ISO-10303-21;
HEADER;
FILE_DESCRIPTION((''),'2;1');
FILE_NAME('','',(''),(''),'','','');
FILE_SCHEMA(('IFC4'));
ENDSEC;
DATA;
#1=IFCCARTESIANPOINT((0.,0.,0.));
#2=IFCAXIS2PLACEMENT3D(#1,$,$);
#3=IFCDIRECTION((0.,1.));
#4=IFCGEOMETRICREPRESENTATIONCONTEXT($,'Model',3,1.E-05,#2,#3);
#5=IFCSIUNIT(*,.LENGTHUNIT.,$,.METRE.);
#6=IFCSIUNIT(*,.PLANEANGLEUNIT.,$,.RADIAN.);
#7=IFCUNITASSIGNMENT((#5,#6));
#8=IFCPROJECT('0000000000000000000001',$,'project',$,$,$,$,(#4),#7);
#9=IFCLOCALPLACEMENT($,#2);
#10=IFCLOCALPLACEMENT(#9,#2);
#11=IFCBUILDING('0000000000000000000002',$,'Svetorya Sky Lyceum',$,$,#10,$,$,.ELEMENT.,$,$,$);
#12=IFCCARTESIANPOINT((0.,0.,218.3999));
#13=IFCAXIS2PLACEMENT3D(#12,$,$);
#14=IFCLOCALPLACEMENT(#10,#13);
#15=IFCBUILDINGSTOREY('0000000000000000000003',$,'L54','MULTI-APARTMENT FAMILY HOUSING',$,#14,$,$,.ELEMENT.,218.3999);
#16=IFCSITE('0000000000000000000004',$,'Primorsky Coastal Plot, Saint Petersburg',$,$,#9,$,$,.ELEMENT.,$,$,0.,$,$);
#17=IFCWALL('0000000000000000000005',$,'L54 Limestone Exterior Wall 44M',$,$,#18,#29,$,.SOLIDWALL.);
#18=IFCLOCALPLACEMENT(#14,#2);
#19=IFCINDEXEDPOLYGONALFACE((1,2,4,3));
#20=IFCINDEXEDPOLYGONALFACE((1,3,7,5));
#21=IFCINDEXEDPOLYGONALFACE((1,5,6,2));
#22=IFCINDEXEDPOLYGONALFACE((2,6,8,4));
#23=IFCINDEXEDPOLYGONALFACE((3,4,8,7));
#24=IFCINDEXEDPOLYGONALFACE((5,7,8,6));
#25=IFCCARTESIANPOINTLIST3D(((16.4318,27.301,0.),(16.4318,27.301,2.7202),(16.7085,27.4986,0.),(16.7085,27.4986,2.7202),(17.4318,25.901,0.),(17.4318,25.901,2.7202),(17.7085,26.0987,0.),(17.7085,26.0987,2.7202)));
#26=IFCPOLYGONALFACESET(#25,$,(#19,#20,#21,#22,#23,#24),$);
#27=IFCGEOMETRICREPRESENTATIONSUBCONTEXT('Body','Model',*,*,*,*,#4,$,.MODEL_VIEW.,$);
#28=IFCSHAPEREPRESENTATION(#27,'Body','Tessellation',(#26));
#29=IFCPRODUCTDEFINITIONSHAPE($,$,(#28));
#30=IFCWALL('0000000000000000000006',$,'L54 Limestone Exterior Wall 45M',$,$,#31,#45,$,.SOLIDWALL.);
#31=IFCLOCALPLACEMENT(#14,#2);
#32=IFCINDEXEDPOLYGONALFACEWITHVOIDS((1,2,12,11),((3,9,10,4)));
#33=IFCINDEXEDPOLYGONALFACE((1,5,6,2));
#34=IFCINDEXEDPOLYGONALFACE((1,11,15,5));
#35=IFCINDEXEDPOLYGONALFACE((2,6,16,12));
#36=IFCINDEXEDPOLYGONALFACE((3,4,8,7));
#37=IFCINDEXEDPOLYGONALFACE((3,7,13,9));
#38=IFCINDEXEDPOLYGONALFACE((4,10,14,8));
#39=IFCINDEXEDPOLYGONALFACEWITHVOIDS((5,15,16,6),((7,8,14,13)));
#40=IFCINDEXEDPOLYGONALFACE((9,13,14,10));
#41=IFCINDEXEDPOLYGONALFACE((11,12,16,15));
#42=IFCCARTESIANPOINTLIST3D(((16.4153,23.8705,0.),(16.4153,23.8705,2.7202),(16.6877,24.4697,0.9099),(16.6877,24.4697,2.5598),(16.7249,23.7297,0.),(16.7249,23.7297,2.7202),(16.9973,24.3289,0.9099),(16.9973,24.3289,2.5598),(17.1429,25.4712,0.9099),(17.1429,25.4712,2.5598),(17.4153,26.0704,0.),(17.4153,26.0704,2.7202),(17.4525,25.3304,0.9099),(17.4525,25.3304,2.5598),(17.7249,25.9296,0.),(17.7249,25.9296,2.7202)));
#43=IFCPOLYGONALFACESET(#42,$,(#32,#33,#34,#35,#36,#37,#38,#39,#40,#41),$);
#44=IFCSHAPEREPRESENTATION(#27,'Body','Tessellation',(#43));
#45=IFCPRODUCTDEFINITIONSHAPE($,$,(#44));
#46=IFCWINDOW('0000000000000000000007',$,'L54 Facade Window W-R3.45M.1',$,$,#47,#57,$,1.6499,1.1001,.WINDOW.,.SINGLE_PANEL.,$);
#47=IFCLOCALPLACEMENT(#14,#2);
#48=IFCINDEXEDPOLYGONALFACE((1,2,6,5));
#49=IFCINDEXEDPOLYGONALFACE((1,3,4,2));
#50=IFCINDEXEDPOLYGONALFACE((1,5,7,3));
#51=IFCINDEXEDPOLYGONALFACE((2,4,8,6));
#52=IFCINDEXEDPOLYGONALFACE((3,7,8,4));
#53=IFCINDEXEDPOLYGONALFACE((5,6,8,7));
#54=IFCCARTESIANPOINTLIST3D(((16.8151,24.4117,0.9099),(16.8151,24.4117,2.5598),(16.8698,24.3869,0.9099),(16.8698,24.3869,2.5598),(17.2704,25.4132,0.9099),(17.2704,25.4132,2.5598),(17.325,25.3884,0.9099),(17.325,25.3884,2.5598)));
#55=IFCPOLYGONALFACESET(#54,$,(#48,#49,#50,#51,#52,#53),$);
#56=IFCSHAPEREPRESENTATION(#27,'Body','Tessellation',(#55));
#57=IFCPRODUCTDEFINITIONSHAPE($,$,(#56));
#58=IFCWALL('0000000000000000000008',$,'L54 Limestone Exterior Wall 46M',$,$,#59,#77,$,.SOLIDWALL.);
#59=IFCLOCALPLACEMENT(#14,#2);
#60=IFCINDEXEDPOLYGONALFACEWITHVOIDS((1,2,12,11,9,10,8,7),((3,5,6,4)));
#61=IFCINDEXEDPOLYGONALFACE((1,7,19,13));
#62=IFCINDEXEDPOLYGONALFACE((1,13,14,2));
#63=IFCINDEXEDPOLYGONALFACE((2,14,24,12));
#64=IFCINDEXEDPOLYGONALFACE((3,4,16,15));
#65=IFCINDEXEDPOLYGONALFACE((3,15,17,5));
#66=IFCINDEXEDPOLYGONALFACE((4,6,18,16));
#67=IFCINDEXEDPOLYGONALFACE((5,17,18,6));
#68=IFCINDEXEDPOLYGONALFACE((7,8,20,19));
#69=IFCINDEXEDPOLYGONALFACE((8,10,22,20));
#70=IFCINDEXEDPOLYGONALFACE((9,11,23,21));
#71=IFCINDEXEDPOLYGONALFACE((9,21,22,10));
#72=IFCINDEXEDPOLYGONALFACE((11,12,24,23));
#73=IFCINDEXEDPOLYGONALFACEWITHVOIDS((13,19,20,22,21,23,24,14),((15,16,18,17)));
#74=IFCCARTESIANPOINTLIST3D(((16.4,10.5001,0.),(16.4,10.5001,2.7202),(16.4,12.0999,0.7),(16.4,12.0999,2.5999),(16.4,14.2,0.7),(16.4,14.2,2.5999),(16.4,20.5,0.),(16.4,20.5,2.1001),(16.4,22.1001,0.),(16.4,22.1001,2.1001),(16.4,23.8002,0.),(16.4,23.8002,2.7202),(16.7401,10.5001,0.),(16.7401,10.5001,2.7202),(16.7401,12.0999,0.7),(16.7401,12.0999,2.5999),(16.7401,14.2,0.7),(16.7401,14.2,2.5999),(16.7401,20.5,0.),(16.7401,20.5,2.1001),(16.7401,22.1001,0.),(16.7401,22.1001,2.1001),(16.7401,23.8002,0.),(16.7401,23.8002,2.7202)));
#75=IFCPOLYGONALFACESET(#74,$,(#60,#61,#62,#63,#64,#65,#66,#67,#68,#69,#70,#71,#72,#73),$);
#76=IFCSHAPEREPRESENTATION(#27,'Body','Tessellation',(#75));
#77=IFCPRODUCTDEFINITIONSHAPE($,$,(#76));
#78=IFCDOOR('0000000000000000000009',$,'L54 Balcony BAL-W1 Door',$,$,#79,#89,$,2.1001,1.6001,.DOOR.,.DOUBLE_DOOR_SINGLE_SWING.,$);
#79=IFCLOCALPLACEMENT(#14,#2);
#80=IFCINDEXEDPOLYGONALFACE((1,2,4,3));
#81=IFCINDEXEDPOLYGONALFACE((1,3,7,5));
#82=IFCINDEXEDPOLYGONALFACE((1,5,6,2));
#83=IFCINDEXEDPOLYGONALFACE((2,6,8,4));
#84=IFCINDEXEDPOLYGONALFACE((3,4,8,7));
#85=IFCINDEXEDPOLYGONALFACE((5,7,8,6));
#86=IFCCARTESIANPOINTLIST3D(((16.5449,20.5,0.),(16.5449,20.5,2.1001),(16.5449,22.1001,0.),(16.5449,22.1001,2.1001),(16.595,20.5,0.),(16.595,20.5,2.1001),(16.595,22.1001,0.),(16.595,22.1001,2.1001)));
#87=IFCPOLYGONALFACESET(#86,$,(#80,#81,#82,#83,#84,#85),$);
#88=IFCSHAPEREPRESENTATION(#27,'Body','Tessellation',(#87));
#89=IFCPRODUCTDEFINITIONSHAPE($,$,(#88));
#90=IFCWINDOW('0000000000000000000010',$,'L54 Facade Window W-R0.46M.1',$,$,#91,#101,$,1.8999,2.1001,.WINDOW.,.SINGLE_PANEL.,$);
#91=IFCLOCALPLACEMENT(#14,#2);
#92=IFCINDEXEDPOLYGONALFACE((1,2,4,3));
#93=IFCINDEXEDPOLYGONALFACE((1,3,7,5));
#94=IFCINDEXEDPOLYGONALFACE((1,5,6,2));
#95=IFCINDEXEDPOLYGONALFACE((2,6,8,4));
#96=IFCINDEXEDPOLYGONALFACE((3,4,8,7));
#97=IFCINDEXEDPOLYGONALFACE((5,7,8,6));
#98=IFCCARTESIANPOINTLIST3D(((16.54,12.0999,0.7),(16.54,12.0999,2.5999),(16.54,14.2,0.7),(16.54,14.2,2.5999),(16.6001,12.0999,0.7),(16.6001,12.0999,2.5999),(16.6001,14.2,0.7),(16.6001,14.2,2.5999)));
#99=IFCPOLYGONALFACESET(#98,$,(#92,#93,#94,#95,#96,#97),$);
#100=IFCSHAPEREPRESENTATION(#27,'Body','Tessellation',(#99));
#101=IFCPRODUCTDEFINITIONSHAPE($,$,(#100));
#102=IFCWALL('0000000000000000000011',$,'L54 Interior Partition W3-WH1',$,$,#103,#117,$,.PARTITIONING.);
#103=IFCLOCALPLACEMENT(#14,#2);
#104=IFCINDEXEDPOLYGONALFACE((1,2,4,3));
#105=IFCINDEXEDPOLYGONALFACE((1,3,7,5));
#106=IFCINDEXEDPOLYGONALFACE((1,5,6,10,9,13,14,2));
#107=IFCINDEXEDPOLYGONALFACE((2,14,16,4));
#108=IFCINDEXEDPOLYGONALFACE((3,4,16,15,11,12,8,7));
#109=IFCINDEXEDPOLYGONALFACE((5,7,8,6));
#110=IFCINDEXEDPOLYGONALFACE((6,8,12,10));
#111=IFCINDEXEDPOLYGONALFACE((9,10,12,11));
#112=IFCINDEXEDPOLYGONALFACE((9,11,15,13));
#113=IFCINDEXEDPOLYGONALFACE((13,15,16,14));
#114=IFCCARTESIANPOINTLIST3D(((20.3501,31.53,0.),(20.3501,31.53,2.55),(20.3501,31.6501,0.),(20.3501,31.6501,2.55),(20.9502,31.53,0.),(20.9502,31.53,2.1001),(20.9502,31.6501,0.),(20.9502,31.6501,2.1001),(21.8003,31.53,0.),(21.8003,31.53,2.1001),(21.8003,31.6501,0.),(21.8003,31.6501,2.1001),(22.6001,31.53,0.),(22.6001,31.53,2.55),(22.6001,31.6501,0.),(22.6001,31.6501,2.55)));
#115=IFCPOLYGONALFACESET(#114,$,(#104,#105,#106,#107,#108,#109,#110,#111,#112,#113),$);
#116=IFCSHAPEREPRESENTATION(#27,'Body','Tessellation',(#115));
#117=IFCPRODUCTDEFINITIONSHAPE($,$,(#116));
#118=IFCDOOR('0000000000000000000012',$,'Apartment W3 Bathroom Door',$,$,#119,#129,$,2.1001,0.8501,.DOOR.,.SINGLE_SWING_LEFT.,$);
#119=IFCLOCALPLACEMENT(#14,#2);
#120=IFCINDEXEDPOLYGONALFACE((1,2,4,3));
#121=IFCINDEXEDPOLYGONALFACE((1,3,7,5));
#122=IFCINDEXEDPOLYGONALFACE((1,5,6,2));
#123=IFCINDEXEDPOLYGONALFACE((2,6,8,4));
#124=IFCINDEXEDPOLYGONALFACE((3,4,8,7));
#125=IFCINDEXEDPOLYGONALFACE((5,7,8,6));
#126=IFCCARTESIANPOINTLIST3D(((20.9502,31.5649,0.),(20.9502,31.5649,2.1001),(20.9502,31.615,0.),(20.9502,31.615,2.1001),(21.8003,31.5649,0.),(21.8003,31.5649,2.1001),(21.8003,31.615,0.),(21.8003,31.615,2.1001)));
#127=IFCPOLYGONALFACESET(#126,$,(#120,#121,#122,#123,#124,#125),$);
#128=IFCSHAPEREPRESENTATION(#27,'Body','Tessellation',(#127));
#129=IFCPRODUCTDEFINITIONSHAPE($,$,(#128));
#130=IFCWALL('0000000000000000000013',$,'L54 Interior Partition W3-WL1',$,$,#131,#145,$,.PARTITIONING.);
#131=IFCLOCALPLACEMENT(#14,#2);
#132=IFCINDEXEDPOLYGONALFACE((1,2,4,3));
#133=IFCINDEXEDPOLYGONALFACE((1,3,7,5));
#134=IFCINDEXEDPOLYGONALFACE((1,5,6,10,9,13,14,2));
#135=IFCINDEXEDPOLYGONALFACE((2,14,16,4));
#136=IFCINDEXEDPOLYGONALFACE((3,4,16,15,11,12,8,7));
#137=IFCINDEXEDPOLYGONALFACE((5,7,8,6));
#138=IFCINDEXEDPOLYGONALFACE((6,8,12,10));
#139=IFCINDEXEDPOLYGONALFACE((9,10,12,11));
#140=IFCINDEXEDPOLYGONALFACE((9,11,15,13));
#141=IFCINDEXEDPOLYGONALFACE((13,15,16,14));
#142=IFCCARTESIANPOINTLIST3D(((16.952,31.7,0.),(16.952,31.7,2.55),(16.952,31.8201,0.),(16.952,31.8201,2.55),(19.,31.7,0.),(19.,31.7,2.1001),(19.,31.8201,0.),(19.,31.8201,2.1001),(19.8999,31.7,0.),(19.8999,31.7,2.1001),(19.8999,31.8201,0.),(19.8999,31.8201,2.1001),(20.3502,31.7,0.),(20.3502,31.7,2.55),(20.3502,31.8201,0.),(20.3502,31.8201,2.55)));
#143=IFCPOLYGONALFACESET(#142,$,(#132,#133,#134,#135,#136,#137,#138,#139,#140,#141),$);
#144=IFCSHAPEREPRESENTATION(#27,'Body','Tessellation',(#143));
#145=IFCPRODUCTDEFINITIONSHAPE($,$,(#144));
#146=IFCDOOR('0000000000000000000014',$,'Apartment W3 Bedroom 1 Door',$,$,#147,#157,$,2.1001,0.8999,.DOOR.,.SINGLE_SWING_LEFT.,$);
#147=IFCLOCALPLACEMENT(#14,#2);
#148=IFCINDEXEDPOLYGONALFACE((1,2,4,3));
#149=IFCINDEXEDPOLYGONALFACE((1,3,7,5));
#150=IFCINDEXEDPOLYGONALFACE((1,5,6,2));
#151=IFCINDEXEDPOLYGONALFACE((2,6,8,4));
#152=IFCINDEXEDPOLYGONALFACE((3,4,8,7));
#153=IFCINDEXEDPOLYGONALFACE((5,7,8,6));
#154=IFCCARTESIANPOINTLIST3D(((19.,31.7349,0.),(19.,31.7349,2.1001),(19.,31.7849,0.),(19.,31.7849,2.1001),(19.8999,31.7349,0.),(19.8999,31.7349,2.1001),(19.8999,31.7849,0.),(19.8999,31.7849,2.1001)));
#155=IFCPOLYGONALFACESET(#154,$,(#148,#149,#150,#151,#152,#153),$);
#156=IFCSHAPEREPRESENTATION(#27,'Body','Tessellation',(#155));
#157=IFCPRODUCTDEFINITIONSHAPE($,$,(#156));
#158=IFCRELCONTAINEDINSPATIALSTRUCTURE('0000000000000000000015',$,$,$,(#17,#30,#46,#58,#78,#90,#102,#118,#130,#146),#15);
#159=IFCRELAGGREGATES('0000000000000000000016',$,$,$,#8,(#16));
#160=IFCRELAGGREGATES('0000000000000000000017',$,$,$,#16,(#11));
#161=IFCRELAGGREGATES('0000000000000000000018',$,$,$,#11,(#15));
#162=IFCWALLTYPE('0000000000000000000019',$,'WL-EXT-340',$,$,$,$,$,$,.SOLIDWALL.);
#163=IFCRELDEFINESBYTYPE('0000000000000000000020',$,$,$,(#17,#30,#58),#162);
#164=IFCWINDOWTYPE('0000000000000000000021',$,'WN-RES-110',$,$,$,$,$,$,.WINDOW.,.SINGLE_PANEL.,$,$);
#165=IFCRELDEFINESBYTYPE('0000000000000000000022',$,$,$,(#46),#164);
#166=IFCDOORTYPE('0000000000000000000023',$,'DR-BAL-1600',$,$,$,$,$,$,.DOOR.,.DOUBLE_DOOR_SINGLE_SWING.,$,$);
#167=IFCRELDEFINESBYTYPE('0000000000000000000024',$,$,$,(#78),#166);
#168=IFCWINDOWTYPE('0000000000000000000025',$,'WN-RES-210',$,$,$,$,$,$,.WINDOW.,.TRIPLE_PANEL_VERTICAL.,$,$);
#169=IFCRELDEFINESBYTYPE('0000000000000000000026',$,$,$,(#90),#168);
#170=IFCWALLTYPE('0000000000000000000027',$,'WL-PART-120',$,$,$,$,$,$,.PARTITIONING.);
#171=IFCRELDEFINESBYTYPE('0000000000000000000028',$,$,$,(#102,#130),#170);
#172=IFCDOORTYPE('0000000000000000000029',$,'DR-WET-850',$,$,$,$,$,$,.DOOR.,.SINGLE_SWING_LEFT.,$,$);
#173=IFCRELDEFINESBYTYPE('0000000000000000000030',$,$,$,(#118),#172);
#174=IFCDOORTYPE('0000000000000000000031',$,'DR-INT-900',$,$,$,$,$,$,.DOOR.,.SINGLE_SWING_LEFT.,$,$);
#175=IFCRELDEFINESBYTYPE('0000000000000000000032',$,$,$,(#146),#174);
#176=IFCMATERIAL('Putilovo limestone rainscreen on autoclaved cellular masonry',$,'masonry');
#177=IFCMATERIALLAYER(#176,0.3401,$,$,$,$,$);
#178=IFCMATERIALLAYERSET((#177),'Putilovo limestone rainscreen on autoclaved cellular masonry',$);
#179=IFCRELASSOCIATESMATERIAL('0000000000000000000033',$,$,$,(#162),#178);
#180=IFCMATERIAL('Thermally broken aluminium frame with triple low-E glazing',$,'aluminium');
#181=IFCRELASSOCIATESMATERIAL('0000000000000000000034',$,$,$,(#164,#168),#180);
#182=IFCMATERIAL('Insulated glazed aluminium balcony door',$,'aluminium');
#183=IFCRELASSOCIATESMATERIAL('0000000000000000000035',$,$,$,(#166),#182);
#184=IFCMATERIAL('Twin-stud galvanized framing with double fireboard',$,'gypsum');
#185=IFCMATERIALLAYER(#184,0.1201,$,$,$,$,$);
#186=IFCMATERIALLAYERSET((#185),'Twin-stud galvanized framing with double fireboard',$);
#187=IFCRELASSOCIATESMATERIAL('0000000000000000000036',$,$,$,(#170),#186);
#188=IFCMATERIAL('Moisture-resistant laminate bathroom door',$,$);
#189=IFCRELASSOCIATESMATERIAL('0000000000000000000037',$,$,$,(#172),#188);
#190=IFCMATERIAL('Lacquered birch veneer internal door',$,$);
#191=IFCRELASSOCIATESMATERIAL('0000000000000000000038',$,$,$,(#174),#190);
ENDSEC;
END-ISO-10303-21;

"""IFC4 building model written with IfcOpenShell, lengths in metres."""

from ifc_helpers import new_model, si_unit, direction, frame, frame_2d, origin, place, context, subcontext, project, spatial, rectangle, extrude, material, layer, layer_set, type_object, element, fill, save


model = new_model("IFC4")

# Units and contexts
model_context = context("Model", 3, precision=1e-05, world=origin(), true_north=direction((0.0, 1.0)))
body_context = subcontext(model_context, "Body", "Model", "MODEL_VIEW")
ifc_project = project(units=[si_unit("LENGTHUNIT", "METRE"), si_unit("PLANEANGLEUNIT", "RADIAN")], contexts=[model_context])

# Site, building, storey
site_placement = place(None, origin())
site = spatial("IfcSite", under=ifc_project, at=site_placement, Name="Primorsky Coastal Plot, Saint Petersburg", CompositionType="ELEMENT", RefElevation=0.0)
building_placement = place(site_placement, origin())
building = spatial("IfcBuilding", under=site, at=building_placement, Name="Svetorya Sky Lyceum", CompositionType="ELEMENT")
storey_placement = place(building_placement, frame((0.0, 0.0, 218.3999)))
storey = spatial("IfcBuildingStorey", under=building, at=storey_placement, Name="L54", Description="MULTI-APARTMENT FAMILY HOUSING", CompositionType="ELEMENT", Elevation=218.3999)

# Wall
ifc_material_1 = material(Name="Putilovo limestone rainscreen on autoclaved cellular masonry", Category="masonry")
ifc_layer_1 = layer(ifc_material_1, 0.3401)
ifc_layer_set_1 = layer_set([ifc_layer_1], Name="Putilovo limestone rainscreen on autoclaved cellular masonry")
wall_type_1 = type_object("IfcWallType", Name="WL-EXT-340", PredefinedType="SOLIDWALL", material=ifc_layer_set_1)
wall_1_placement = place(storey_placement, frame((16.5701, 27.3999, 0.0), z_axis=(0.0, 0.0, 1.0), x_axis=(0.581265, -0.813714, 0.0)))
element("IfcWall", 1, at=wall_1_placement, inside=storey, type_object=wall_type_1, Name="L54 Limestone Exterior Wall 44M", PredefinedType="SOLIDWALL", context=body_context, shape_type="SweptSolid", body=[
    extrude(rectangle(XDim=1.7205, YDim=0.3401, at=frame_2d((0.8604, 0.0))), origin(), (0.0, 0.0, 1.0), 2.7202),
])

# Wall, opening, window
wall_2_placement = place(storey_placement, frame((17.5701, 26.0, 0.0), z_axis=(0.0, 0.0, 1.0), x_axis=(-0.413811, -0.910363, 0.0)))
wall_2 = element("IfcWall", 2, at=wall_2_placement, inside=storey, type_object=wall_type_1, Name="L54 Limestone Exterior Wall 45M", PredefinedType="SOLIDWALL", context=body_context, shape_type="SweptSolid", body=[
    extrude(rectangle(XDim=2.4165, YDim=0.3401, at=frame_2d((1.2083, 0.0))), origin(), (0.0, 0.0, 1.0), 2.7202),
])
opening_1_placement = place(wall_2_placement, frame((0.6582, 0.0, 0.9099)))
opening_1 = element("IfcOpeningElement", 3, at=opening_1_placement, cuts=wall_2, PredefinedType="OPENING", context=body_context, shape_type="SweptSolid", body=[
    extrude(rectangle(XDim=1.1001, YDim=1.6499, at=frame_2d((0.55, 0.825))), frame((0.0, 0.1799, 0.0), z_axis=(0.0, -1.0, 0.0), x_axis=(1.0, 0.0, 0.0)), (0.0, 0.0, 1.0), 0.3601),
])
ifc_material_2 = material(Name="Thermally broken aluminium frame with triple low-E glazing", Category="aluminium")
window_type_1 = type_object("IfcWindowType", Name="WN-RES-110", PartitioningType="SINGLE_PANEL", PredefinedType="WINDOW", material=ifc_material_2)
window_1_placement = place(opening_1_placement, origin())
window_1 = element("IfcWindow", 4, at=window_1_placement, inside=storey, type_object=window_type_1, Name="L54 Facade Window W-R3.45M.1", OverallHeight=1.6499, OverallWidth=1.1001, PartitioningType="SINGLE_PANEL", PredefinedType="WINDOW", context=body_context, shape_type="SweptSolid", body=[
    extrude(rectangle(XDim=1.1001, YDim=1.6499, at=frame_2d((0.55, 0.825))), frame((0.0, 0.03, 0.0), z_axis=(0.0, -1.0, 0.0), x_axis=(1.0, 0.0, 0.0)), (0.0, 0.0, 1.0), 0.0601),
])
fill(opening_1, window_1)

# Wall, openings, door, window
wall_3_placement = place(storey_placement, frame((16.5701, 23.8, 0.0), z_axis=(0.0, 0.0, 1.0), x_axis=(0.0, -1.0, 0.0)))
wall_3 = element("IfcWall", 5, at=wall_3_placement, inside=storey, type_object=wall_type_1, Name="L54 Limestone Exterior Wall 46M", PredefinedType="SOLIDWALL", context=body_context, shape_type="SweptSolid", body=[
    extrude(rectangle(XDim=13.3, YDim=0.3401, at=frame_2d((6.6499, 0.0))), origin(), (0.0, 0.0, 1.0), 2.7202),
])
opening_2_placement = place(wall_3_placement, frame((1.7, 0.0, 0.0)))
opening_2 = element("IfcOpeningElement", 6, at=opening_2_placement, cuts=wall_3, PredefinedType="OPENING", context=body_context, shape_type="SweptSolid", body=[
    extrude(rectangle(XDim=1.6001, YDim=2.1001, at=frame_2d((0.8, 1.05))), frame((0.0, 0.1799, 0.0), z_axis=(0.0, -1.0, 0.0), x_axis=(1.0, 0.0, 0.0)), (0.0, 0.0, 1.0), 0.3601),
])
opening_3_placement = place(wall_3_placement, frame((9.6001, 0.0, 0.7)))
opening_3 = element("IfcOpeningElement", 7, at=opening_3_placement, cuts=wall_3, PredefinedType="OPENING", context=body_context, shape_type="SweptSolid", body=[
    extrude(rectangle(XDim=2.1001, YDim=1.8999, at=frame_2d((1.05, 0.95))), frame((0.0, 0.1799, 0.0), z_axis=(0.0, -1.0, 0.0), x_axis=(1.0, 0.0, 0.0)), (0.0, 0.0, 1.0), 0.3601),
])
ifc_material_3 = material(Name="Insulated glazed aluminium balcony door", Category="aluminium")
door_type_1 = type_object("IfcDoorType", Name="DR-BAL-1600", OperationType="DOUBLE_DOOR_SINGLE_SWING", PredefinedType="DOOR", material=ifc_material_3)
door_1_placement = place(opening_2_placement, origin())
door_1 = element("IfcDoor", 8, at=door_1_placement, inside=storey, type_object=door_type_1, Name="L54 Balcony BAL-W1 Door", OperationType="DOUBLE_DOOR_SINGLE_SWING", OverallHeight=2.1001, OverallWidth=1.6001, PredefinedType="DOOR", context=body_context, shape_type="SweptSolid", body=[
    extrude(rectangle(XDim=1.6001, YDim=2.1001, at=frame_2d((0.8, 1.05))), frame((0.0, 0.0249, 0.0), z_axis=(0.0, -1.0, 0.0), x_axis=(1.0, 0.0, 0.0)), (0.0, 0.0, 1.0), 0.05),
])
fill(opening_2, door_1)
window_type_2 = type_object("IfcWindowType", Name="WN-RES-210", PartitioningType="TRIPLE_PANEL_VERTICAL", PredefinedType="WINDOW", material=ifc_material_2)
window_2_placement = place(opening_3_placement, origin())
window_2 = element("IfcWindow", 9, at=window_2_placement, inside=storey, type_object=window_type_2, Name="L54 Facade Window W-R0.46M.1", OverallHeight=1.8999, OverallWidth=2.1001, PartitioningType="SINGLE_PANEL", PredefinedType="WINDOW", context=body_context, shape_type="SweptSolid", body=[
    extrude(rectangle(XDim=2.1001, YDim=1.8999, at=frame_2d((1.05, 0.95))), frame((0.0, 0.03, 0.0), z_axis=(0.0, -1.0, 0.0), x_axis=(1.0, 0.0, 0.0)), (0.0, 0.0, 1.0), 0.0601),
])
fill(opening_3, window_2)

# Walls, openings, doors
ifc_material_4 = material(Name="Twin-stud galvanized framing with double fireboard", Category="gypsum")
ifc_layer_2 = layer(ifc_material_4, 0.1201)
ifc_layer_set_2 = layer_set([ifc_layer_2], Name="Twin-stud galvanized framing with double fireboard")
wall_type_2 = type_object("IfcWallType", Name="WL-PART-120", PredefinedType="PARTITIONING", material=ifc_layer_set_2)
wall_4_placement = place(storey_placement, frame((20.3501, 31.5901, 0.0), z_axis=(0.0, 0.0, 1.0), x_axis=(1.0, 0.0, 0.0)))
wall_4 = element("IfcWall", 10, at=wall_4_placement, inside=storey, type_object=wall_type_2, Name="L54 Interior Partition W3-WH1", PredefinedType="PARTITIONING", context=body_context, shape_type="SweptSolid", body=[
    extrude(rectangle(XDim=2.25, YDim=0.1201, at=frame_2d((1.125, 0.0))), origin(), (0.0, 0.0, 1.0), 2.55),
])
opening_4_placement = place(wall_4_placement, frame((0.6001, 0.0, 0.0)))
opening_4 = element("IfcOpeningElement", 11, at=opening_4_placement, cuts=wall_4, PredefinedType="OPENING", context=body_context, shape_type="SweptSolid", body=[
    extrude(rectangle(XDim=0.8501, YDim=2.1001, at=frame_2d((0.425, 1.05))), frame((0.0, 0.0701, 0.0), z_axis=(0.0, -1.0, 0.0), x_axis=(1.0, 0.0, 0.0)), (0.0, 0.0, 1.0), 0.1401),
])
ifc_material_5 = material(Name="Moisture-resistant laminate bathroom door")
door_type_2 = type_object("IfcDoorType", Name="DR-WET-850", OperationType="SINGLE_SWING_LEFT", PredefinedType="DOOR", material=ifc_material_5)
door_2_placement = place(opening_4_placement, origin())
door_2 = element("IfcDoor", 12, at=door_2_placement, inside=storey, type_object=door_type_2, Name="Apartment W3 Bathroom Door", OperationType="SINGLE_SWING_LEFT", OverallHeight=2.1001, OverallWidth=0.8501, PredefinedType="DOOR", context=body_context, shape_type="SweptSolid", body=[
    extrude(rectangle(XDim=0.8501, YDim=2.1001, at=frame_2d((0.425, 1.05))), frame((0.0, 0.0249, 0.0), z_axis=(0.0, -1.0, 0.0), x_axis=(1.0, 0.0, 0.0)), (0.0, 0.0, 1.0), 0.05),
])
fill(opening_4, door_2)
wall_5_placement = place(storey_placement, frame((16.9519, 31.76, 0.0), z_axis=(0.0, 0.0, 1.0), x_axis=(1.0, 0.0, 0.0)))
wall_5 = element("IfcWall", 13, at=wall_5_placement, inside=storey, type_object=wall_type_2, Name="L54 Interior Partition W3-WL1", PredefinedType="PARTITIONING", context=body_context, shape_type="SweptSolid", body=[
    extrude(rectangle(XDim=3.3982, YDim=0.1201, at=frame_2d((1.6992, 0.0))), origin(), (0.0, 0.0, 1.0), 2.55),
])
opening_5_placement = place(wall_5_placement, frame((2.0481, 0.0, 0.0)))
opening_5 = element("IfcOpeningElement", 14, at=opening_5_placement, cuts=wall_5, PredefinedType="OPENING", context=body_context, shape_type="SweptSolid", body=[
    extrude(rectangle(XDim=0.8999, YDim=2.1001, at=frame_2d((0.45, 1.05))), frame((0.0, 0.0701, 0.0), z_axis=(0.0, -1.0, 0.0), x_axis=(1.0, 0.0, 0.0)), (0.0, 0.0, 1.0), 0.1401),
])
ifc_material_6 = material(Name="Lacquered birch veneer internal door")
door_type_3 = type_object("IfcDoorType", Name="DR-INT-900", OperationType="SINGLE_SWING_LEFT", PredefinedType="DOOR", material=ifc_material_6)
door_3_placement = place(opening_5_placement, origin())
door_3 = element("IfcDoor", 15, at=door_3_placement, inside=storey, type_object=door_type_3, Name="Apartment W3 Bedroom 1 Door", OperationType="SINGLE_SWING_LEFT", OverallHeight=2.1001, OverallWidth=0.8999, PredefinedType="DOOR", context=body_context, shape_type="SweptSolid", body=[
    extrude(rectangle(XDim=0.8999, YDim=2.1001, at=frame_2d((0.45, 1.05))), frame((0.0, 0.0249, 0.0), z_axis=(0.0, -1.0, 0.0), x_axis=(1.0, 0.0, 0.0)), (0.0, 0.0, 1.0), 0.05),
])
fill(opening_5, door_3)

save(model, "model.ifc")
